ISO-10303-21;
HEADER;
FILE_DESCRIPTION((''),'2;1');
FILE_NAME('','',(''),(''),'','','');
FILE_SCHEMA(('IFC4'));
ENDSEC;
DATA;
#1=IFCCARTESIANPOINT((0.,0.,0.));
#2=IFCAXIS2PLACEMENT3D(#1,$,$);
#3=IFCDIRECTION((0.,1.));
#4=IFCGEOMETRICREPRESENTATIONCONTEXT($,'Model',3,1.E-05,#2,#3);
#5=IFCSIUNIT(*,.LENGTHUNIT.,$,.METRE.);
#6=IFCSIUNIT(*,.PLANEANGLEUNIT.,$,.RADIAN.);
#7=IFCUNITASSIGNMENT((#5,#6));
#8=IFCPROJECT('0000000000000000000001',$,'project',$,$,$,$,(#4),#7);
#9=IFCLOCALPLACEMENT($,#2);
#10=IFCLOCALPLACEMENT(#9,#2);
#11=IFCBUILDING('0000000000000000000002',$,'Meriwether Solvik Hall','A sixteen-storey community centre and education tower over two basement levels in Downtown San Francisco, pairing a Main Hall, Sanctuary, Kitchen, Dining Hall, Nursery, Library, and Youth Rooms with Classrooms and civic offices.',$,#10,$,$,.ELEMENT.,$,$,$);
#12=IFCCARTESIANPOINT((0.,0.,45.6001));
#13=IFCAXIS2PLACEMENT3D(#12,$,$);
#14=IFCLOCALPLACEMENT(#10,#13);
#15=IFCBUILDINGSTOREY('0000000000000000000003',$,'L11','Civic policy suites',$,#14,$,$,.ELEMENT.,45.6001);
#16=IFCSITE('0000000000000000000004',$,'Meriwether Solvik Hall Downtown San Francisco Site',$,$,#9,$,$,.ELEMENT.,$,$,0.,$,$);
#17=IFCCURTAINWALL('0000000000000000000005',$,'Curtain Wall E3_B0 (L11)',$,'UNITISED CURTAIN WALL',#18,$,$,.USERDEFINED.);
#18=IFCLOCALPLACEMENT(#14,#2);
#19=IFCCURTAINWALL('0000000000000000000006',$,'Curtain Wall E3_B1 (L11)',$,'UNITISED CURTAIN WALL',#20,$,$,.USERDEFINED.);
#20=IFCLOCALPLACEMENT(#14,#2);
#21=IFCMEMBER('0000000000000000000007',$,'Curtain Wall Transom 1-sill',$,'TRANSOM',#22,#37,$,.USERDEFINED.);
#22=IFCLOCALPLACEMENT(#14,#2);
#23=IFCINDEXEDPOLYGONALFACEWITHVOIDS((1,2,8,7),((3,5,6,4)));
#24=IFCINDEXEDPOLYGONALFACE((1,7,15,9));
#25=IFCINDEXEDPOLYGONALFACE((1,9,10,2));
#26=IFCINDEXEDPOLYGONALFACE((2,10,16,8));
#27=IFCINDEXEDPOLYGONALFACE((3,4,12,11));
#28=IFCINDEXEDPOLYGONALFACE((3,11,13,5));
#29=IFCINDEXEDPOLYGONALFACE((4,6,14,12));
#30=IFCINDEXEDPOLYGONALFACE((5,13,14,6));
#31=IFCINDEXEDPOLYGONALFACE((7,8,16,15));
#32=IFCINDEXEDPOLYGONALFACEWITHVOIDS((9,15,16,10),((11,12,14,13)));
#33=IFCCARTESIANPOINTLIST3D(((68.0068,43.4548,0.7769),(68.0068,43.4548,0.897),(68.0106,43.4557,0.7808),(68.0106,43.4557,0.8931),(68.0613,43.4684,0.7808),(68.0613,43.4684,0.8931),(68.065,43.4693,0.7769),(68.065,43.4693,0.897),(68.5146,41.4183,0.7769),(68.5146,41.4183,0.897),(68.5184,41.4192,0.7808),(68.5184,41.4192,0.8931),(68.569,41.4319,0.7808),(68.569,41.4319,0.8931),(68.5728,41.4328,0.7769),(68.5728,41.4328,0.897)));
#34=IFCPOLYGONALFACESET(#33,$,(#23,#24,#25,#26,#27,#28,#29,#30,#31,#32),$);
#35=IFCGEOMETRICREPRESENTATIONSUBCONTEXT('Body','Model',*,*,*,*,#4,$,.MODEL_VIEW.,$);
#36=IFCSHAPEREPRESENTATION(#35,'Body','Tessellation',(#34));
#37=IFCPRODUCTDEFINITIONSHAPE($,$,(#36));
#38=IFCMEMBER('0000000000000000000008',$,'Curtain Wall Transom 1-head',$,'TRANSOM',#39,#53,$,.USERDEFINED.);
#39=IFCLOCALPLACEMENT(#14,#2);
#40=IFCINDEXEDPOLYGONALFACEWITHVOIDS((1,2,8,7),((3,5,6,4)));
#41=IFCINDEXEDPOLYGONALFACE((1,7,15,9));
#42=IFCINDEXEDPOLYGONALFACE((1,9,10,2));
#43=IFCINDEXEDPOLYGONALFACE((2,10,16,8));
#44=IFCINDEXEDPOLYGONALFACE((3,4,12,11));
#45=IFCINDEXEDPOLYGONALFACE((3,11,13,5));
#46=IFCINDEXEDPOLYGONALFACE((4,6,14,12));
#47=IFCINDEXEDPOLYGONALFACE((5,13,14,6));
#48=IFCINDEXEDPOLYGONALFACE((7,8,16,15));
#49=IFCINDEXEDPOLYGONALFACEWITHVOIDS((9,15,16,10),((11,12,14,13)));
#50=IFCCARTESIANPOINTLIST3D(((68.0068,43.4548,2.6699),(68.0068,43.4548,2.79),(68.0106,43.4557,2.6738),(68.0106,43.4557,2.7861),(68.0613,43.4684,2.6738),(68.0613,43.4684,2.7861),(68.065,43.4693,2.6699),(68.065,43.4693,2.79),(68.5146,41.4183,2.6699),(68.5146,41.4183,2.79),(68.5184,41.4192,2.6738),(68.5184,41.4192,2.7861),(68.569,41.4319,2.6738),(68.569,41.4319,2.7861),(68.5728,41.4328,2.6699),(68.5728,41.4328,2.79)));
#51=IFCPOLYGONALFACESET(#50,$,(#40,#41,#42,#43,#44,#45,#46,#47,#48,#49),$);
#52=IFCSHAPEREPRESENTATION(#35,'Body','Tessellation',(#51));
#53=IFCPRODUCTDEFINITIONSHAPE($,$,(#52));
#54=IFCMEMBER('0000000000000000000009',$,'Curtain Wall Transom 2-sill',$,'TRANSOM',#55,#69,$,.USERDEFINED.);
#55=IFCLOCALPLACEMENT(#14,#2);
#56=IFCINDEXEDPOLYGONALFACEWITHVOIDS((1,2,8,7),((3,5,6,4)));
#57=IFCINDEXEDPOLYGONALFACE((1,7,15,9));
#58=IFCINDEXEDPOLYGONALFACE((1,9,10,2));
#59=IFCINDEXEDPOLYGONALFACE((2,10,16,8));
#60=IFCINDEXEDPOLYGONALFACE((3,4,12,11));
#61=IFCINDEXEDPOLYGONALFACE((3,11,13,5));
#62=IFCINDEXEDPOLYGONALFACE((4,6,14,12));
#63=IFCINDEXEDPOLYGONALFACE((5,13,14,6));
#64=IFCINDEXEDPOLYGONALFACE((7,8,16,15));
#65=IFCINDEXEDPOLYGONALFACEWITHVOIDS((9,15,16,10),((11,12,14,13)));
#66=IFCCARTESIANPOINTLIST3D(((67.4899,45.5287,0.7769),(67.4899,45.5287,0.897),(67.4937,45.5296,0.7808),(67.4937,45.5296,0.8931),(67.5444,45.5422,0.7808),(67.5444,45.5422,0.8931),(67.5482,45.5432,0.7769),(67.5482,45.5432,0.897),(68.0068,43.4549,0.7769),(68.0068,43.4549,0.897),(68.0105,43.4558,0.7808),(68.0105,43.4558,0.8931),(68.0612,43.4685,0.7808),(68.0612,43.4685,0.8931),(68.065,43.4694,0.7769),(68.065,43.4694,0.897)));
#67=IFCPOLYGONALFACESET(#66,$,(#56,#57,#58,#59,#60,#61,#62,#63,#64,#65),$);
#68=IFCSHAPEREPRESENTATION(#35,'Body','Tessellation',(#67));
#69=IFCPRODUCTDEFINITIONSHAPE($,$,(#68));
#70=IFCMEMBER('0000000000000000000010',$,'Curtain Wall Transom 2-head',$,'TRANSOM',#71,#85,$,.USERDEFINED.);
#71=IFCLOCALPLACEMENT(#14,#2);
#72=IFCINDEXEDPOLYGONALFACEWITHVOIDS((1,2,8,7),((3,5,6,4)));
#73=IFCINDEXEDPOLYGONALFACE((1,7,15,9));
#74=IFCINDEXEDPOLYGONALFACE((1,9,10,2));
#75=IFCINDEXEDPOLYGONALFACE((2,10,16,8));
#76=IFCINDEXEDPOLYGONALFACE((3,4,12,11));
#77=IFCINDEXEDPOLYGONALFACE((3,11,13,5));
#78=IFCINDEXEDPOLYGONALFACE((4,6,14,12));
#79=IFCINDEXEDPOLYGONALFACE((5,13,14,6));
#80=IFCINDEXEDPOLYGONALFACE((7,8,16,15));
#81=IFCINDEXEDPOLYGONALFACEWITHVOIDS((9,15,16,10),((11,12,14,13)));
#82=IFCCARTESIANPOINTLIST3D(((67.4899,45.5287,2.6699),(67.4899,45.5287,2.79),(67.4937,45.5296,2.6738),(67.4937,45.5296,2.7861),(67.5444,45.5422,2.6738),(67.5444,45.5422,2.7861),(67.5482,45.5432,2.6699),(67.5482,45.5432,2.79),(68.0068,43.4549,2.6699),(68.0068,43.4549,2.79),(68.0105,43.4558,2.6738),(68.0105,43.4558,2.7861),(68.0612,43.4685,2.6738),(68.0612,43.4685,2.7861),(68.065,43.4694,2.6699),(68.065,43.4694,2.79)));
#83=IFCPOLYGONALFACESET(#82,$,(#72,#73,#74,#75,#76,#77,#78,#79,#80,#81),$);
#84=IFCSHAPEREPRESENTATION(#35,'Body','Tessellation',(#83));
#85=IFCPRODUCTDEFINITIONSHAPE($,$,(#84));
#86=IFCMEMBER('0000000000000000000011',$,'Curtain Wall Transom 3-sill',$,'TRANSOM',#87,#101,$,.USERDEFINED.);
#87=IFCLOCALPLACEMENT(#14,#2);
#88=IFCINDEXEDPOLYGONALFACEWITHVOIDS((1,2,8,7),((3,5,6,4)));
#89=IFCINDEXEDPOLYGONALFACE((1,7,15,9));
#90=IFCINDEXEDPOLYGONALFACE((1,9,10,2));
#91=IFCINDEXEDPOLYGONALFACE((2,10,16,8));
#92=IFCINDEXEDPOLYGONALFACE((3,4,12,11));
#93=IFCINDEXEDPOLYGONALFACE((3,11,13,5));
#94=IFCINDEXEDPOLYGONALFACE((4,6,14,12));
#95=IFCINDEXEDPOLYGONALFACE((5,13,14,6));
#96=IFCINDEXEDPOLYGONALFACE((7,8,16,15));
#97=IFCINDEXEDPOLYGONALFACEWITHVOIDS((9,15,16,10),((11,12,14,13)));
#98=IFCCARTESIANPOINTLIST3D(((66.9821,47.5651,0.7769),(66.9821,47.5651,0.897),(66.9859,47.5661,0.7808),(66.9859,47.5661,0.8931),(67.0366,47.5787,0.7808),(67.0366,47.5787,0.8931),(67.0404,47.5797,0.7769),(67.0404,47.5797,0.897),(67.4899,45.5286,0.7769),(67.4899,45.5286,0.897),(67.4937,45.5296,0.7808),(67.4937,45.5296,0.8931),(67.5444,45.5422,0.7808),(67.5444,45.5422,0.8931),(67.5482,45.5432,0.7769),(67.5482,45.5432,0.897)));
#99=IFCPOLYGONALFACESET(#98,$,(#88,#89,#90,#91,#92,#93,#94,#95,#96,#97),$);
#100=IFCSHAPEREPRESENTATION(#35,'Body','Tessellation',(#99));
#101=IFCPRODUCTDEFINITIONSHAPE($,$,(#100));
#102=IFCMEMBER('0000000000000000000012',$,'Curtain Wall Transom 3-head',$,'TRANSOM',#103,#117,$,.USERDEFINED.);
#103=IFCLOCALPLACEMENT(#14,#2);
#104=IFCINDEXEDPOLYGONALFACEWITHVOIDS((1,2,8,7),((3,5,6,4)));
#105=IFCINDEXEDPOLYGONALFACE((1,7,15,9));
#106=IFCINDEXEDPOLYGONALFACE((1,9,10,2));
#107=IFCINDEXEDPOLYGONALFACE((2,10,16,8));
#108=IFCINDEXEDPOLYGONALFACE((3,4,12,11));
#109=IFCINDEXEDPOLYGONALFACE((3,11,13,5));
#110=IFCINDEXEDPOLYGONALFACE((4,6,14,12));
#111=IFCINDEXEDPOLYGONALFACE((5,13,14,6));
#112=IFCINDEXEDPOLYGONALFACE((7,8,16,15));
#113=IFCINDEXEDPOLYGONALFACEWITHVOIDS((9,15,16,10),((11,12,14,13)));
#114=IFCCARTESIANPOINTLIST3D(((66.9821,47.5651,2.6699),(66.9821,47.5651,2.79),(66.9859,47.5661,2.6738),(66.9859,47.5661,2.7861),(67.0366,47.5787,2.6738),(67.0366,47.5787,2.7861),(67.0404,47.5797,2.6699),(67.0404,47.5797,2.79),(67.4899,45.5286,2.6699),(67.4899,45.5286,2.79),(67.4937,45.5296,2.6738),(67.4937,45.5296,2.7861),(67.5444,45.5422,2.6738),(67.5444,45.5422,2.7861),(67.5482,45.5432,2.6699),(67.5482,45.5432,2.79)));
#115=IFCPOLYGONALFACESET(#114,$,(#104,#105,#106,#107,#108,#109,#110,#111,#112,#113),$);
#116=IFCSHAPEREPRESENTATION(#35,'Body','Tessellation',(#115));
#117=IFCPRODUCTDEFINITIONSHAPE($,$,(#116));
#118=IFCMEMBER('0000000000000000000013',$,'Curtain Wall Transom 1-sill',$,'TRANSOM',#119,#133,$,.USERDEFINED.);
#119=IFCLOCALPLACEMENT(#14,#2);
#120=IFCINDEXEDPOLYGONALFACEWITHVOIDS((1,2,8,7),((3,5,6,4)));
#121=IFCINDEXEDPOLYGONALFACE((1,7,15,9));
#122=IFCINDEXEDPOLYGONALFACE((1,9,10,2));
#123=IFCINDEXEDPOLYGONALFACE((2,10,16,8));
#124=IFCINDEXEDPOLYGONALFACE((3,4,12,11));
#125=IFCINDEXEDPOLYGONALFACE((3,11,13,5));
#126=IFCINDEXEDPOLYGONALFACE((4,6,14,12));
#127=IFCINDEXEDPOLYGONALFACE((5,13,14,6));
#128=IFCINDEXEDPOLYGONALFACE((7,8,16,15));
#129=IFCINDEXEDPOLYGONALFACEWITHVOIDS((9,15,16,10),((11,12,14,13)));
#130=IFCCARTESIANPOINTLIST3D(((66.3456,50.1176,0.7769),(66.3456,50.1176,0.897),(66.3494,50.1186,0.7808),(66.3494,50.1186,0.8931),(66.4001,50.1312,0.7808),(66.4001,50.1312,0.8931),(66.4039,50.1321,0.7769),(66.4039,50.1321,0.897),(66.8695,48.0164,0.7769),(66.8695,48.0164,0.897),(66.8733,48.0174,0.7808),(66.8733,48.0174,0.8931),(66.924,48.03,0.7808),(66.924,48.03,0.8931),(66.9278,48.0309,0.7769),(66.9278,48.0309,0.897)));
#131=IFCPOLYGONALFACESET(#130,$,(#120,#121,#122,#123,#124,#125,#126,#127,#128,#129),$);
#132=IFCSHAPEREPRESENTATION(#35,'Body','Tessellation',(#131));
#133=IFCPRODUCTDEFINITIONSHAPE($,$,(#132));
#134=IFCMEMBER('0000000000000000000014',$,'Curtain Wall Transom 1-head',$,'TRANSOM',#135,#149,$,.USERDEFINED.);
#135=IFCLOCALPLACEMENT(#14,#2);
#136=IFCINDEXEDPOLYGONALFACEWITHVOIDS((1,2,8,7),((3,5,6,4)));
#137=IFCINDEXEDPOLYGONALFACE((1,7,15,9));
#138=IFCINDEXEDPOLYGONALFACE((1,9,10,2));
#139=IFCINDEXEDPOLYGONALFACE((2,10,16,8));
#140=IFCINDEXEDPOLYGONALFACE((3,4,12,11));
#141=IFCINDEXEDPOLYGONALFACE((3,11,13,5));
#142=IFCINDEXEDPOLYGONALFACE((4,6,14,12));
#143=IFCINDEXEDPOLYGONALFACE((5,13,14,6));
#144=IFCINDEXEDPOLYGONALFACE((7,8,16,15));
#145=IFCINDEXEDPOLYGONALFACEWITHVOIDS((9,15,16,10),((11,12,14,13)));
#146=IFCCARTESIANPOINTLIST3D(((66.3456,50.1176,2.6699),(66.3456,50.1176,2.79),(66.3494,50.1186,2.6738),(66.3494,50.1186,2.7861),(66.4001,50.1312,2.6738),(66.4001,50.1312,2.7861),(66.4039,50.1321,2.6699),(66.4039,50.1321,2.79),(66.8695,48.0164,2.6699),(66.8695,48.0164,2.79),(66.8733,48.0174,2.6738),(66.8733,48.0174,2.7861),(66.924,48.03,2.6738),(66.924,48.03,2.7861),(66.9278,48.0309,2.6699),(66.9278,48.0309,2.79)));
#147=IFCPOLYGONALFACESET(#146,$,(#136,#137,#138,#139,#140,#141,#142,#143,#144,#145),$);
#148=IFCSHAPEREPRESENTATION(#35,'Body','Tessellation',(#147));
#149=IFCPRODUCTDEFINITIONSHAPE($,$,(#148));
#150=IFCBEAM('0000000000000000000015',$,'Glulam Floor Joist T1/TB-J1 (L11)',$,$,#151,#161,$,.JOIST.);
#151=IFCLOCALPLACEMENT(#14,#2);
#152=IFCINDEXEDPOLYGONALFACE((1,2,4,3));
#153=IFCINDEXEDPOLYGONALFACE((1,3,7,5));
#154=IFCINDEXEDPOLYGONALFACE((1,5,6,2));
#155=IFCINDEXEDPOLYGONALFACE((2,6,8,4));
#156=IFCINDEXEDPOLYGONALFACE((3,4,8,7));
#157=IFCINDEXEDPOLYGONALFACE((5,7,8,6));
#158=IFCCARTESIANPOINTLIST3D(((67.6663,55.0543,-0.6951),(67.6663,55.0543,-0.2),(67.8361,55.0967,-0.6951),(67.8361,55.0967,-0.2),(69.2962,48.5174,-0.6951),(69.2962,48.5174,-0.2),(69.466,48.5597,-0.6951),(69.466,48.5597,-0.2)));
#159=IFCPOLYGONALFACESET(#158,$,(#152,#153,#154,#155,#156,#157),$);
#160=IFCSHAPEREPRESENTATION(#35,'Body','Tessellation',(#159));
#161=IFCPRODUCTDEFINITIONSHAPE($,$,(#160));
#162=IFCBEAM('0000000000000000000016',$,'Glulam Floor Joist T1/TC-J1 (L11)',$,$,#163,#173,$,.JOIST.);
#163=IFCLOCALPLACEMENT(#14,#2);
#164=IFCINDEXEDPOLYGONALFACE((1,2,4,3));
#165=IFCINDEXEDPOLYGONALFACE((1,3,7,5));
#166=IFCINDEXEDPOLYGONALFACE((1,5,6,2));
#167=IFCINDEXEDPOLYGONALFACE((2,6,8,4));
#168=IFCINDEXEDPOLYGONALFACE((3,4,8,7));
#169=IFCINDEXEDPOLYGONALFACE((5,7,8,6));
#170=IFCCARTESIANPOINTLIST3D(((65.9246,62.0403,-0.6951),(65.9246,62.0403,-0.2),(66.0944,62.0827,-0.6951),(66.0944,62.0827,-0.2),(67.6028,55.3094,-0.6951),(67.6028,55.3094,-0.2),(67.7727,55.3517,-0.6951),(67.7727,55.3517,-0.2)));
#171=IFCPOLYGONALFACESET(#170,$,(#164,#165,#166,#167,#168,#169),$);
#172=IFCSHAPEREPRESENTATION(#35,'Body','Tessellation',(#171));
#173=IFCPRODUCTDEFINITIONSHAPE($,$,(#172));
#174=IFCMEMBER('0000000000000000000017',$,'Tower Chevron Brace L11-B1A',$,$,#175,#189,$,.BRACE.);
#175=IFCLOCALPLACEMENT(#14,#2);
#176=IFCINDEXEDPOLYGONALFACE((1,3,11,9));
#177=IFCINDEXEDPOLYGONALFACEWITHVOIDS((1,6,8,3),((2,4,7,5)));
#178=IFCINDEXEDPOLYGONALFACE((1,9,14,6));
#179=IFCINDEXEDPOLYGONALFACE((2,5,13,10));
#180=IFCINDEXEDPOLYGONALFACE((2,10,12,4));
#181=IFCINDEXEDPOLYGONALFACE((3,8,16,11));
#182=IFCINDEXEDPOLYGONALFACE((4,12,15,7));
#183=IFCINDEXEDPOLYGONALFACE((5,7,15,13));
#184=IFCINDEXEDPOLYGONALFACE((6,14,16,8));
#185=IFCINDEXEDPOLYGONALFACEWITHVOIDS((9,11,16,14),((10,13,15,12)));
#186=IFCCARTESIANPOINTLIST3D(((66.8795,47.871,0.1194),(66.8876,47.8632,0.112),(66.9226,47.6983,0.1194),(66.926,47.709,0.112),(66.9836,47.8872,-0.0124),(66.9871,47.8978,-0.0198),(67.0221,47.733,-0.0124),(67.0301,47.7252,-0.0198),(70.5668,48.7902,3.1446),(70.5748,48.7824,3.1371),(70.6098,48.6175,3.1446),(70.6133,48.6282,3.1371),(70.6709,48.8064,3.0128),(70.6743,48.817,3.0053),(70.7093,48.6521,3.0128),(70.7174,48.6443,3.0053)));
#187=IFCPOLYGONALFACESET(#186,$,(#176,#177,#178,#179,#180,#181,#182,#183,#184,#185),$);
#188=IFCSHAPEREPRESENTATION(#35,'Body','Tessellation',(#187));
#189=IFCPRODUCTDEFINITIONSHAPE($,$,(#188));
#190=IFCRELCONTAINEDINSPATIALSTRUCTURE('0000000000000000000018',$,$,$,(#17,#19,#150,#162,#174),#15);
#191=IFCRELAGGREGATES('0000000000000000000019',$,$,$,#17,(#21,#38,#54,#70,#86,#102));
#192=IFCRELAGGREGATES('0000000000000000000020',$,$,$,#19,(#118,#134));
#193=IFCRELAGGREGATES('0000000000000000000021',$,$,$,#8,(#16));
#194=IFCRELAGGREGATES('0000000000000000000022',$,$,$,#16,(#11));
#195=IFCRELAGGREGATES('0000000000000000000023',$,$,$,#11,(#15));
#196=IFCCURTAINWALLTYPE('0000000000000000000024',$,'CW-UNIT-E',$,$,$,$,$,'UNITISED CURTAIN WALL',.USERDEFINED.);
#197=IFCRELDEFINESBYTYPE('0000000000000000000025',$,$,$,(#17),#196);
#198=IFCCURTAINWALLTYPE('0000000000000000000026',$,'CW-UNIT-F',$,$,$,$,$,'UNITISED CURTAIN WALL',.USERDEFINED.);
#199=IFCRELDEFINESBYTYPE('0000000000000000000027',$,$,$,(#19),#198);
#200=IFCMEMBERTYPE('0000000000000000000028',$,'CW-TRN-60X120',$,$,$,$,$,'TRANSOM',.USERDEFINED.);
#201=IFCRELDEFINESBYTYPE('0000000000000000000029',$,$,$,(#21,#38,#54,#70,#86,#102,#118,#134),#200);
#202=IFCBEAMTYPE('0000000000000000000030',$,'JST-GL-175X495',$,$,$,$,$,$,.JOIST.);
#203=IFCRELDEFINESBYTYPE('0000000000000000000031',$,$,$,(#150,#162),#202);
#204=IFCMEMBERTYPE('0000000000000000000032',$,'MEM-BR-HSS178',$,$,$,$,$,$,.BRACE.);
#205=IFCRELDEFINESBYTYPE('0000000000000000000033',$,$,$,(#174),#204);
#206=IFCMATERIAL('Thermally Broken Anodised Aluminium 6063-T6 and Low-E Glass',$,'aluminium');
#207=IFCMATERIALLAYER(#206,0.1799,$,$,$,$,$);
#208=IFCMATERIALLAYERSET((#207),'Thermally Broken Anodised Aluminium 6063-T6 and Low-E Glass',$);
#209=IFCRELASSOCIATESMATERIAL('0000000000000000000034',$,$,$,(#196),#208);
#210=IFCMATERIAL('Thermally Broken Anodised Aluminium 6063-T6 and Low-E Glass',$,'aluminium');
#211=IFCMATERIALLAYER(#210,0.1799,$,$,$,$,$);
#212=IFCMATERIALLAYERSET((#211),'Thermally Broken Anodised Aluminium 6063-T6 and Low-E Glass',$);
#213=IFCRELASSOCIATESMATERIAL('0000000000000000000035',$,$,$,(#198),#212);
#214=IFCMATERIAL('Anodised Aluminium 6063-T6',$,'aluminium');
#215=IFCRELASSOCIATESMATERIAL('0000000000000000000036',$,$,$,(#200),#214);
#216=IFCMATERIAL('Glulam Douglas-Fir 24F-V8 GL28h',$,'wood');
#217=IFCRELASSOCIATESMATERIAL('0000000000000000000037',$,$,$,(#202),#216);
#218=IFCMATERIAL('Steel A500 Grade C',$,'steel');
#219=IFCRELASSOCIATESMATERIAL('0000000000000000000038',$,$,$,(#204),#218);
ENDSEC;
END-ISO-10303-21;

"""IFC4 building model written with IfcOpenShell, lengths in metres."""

from ifc_helpers import new_model, si_unit, direction, frame, origin, origin_2d, place, context, subcontext, project, spatial, rectangle, hollow_rectangle, extrude, material, layer, layer_set, material_profile, profile_set, type_object, element, aggregate, save


model = new_model("IFC4")

# Units and contexts
model_context = context("Model", 3, precision=1e-05, world=origin(), true_north=direction((0.0, 1.0)))
body_context = subcontext(model_context, "Body", "Model", "MODEL_VIEW")
ifc_project = project(units=[si_unit("LENGTHUNIT", "METRE"), si_unit("PLANEANGLEUNIT", "RADIAN")], contexts=[model_context])

# Site, building, storey
site_placement = place(None, origin())
site = spatial("IfcSite", under=ifc_project, at=site_placement, Name="Meriwether Solvik Hall Downtown San Francisco Site", CompositionType="ELEMENT", RefElevation=0.0)
building_placement = place(site_placement, origin())
building = spatial("IfcBuilding", under=site, at=building_placement, Name="Meriwether Solvik Hall", Description="A sixteen-storey community centre and education tower over two basement levels in Downtown San Francisco, pairing a Main Hall, Sanctuary, Kitchen, Dining Hall, Nursery, Library, and Youth Rooms with Classrooms and civic offices.", CompositionType="ELEMENT")
storey_placement = place(building_placement, frame((0.0, 0.0, 45.6001)))
storey = spatial("IfcBuildingStorey", under=building, at=storey_placement, Name="L11", Description="Civic policy suites", CompositionType="ELEMENT", Elevation=45.6001)

# Curtain wall
ifc_material_1 = material(Name="Thermally Broken Anodised Aluminium 6063-T6 and Low-E Glass", Category="aluminium")
ifc_layer_1 = layer(ifc_material_1, 0.1799)
ifc_layer_set_1 = layer_set([ifc_layer_1], Name="Thermally Broken Anodised Aluminium 6063-T6 and Low-E Glass")
curtain_wall_type_1 = type_object("IfcCurtainWallType", Name="CW-UNIT-E", ElementType="UNITISED CURTAIN WALL", PredefinedType="USERDEFINED", material=ifc_layer_set_1)
curtain_wall_1_placement = place(storey_placement, origin())
curtain_wall_1 = element("IfcCurtainWall", 1, at=curtain_wall_1_placement, inside=storey, type_object=curtain_wall_type_1, Name="Curtain Wall E3_B0 (L11)", ObjectType="UNITISED CURTAIN WALL", PredefinedType="USERDEFINED")

# Curtain wall
ifc_material_2 = material(Name="Thermally Broken Anodised Aluminium 6063-T6 and Low-E Glass", Category="aluminium")
ifc_layer_2 = layer(ifc_material_2, 0.1799)
ifc_layer_set_2 = layer_set([ifc_layer_2], Name="Thermally Broken Anodised Aluminium 6063-T6 and Low-E Glass")
curtain_wall_type_2 = type_object("IfcCurtainWallType", Name="CW-UNIT-F", ElementType="UNITISED CURTAIN WALL", PredefinedType="USERDEFINED", material=ifc_layer_set_2)
curtain_wall_2_placement = place(storey_placement, origin())
curtain_wall_2 = element("IfcCurtainWall", 2, at=curtain_wall_2_placement, inside=storey, type_object=curtain_wall_type_2, Name="Curtain Wall E3_B1 (L11)", ObjectType="UNITISED CURTAIN WALL", PredefinedType="USERDEFINED")

# Members
ifc_material_3 = material(Name="Anodised Aluminium 6063-T6", Category="aluminium")
ifc_material_profile_1 = material_profile(ifc_material_3, hollow_rectangle(XDim=0.0601, YDim=0.1201, WallThickness=0.0039, at=origin_2d()), Name="CWT-60X120")
ifc_profile_set_1 = profile_set([ifc_material_profile_1], Name="Anodised Aluminium 6063-T6")
member_type_1 = type_object("IfcMemberType", Name="CW-TRN-60X120", ElementType="TRANSOM", PredefinedType="USERDEFINED", material=ifc_profile_set_1)
member_1_placement = place(storey_placement, frame((68.5437, 41.4255, 0.8369), z_axis=(-0.241933, 0.970293, 0.0), x_axis=(-0.970293, -0.241933, 0.0)))
member_1 = element("IfcMember", 3, at=member_1_placement, type_object=member_type_1, Name="Curtain Wall Transom 1-sill", ObjectType="TRANSOM", PredefinedType="USERDEFINED", context=body_context, shape_type="SweptSolid", body=[
    extrude(hollow_rectangle(XDim=0.0601, YDim=0.1201, WallThickness=0.0039, at=origin_2d()), origin(), (0.0, 0.0, 1.0), 2.0989),
])
member_2_placement = place(storey_placement, frame((68.5437, 41.4255, 2.73), z_axis=(-0.241933, 0.970293, 0.0), x_axis=(-0.970293, -0.241933, 0.0)))
member_2 = element("IfcMember", 4, at=member_2_placement, type_object=member_type_1, Name="Curtain Wall Transom 1-head", ObjectType="TRANSOM", PredefinedType="USERDEFINED", context=body_context, shape_type="SweptSolid", body=[
    extrude(hollow_rectangle(XDim=0.0601, YDim=0.1201, WallThickness=0.0039, at=origin_2d()), origin(), (0.0, 0.0, 1.0), 2.0989),
])
member_3_placement = place(storey_placement, frame((68.0359, 43.4622, 0.8369), z_axis=(-0.241837, 0.970317, 0.0), x_axis=(-0.970317, -0.241837, 0.0)))
member_3 = element("IfcMember", 5, at=member_3_placement, type_object=member_type_1, Name="Curtain Wall Transom 2-sill", ObjectType="TRANSOM", PredefinedType="USERDEFINED", context=body_context, shape_type="SweptSolid", body=[
    extrude(hollow_rectangle(XDim=0.0601, YDim=0.1201, WallThickness=0.0039, at=origin_2d()), origin(), (0.0, 0.0, 1.0), 2.1372),
])
member_4_placement = place(storey_placement, frame((68.0359, 43.4622, 2.73), z_axis=(-0.241837, 0.970317, 0.0), x_axis=(-0.970317, -0.241837, 0.0)))
member_4 = element("IfcMember", 6, at=member_4_placement, type_object=member_type_1, Name="Curtain Wall Transom 2-head", ObjectType="TRANSOM", PredefinedType="USERDEFINED", context=body_context, shape_type="SweptSolid", body=[
    extrude(hollow_rectangle(XDim=0.0601, YDim=0.1201, WallThickness=0.0039, at=origin_2d()), origin(), (0.0, 0.0, 1.0), 2.1372),
])
member_5_placement = place(storey_placement, frame((67.519, 45.5359, 0.8369), z_axis=(-0.241933, 0.970293, 0.0), x_axis=(-0.970293, -0.241933, 0.0)))
member_5 = element("IfcMember", 7, at=member_5_placement, type_object=member_type_1, Name="Curtain Wall Transom 3-sill", ObjectType="TRANSOM", PredefinedType="USERDEFINED", context=body_context, shape_type="SweptSolid", body=[
    extrude(hollow_rectangle(XDim=0.0601, YDim=0.1201, WallThickness=0.0039, at=origin_2d()), origin(), (0.0, 0.0, 1.0), 2.0989),
])
member_6_placement = place(storey_placement, frame((67.519, 45.5359, 2.73), z_axis=(-0.241933, 0.970293, 0.0), x_axis=(-0.970293, -0.241933, 0.0)))
member_6 = element("IfcMember", 8, at=member_6_placement, type_object=member_type_1, Name="Curtain Wall Transom 3-head", ObjectType="TRANSOM", PredefinedType="USERDEFINED", context=body_context, shape_type="SweptSolid", body=[
    extrude(hollow_rectangle(XDim=0.0601, YDim=0.1201, WallThickness=0.0039, at=origin_2d()), origin(), (0.0, 0.0, 1.0), 2.0989),
])
member_7_placement = place(storey_placement, frame((66.8987, 48.0237, 0.8369), z_axis=(-0.241925, 0.970295, 0.0), x_axis=(-0.970295, -0.241925, 0.0)))
member_7 = element("IfcMember", 9, at=member_7_placement, type_object=member_type_1, Name="Curtain Wall Transom 1-sill", ObjectType="TRANSOM", PredefinedType="USERDEFINED", context=body_context, shape_type="SweptSolid", body=[
    extrude(hollow_rectangle(XDim=0.0601, YDim=0.1201, WallThickness=0.0039, at=origin_2d()), origin(), (0.0, 0.0, 1.0), 2.1655),
])
member_8_placement = place(storey_placement, frame((66.8987, 48.0237, 2.73), z_axis=(-0.241925, 0.970295, 0.0), x_axis=(-0.970295, -0.241925, 0.0)))
member_8 = element("IfcMember", 10, at=member_8_placement, type_object=member_type_1, Name="Curtain Wall Transom 1-head", ObjectType="TRANSOM", PredefinedType="USERDEFINED", context=body_context, shape_type="SweptSolid", body=[
    extrude(hollow_rectangle(XDim=0.0601, YDim=0.1201, WallThickness=0.0039, at=origin_2d()), origin(), (0.0, 0.0, 1.0), 2.1655),
])

# Beams
ifc_material_4 = material(Name="Glulam Douglas-Fir 24F-V8 GL28h", Category="wood")
ifc_material_profile_2 = material_profile(ifc_material_4, rectangle(XDim=0.175, YDim=0.4951, at=origin_2d()), Name="GLJ-175X495")
ifc_profile_set_2 = profile_set([ifc_material_profile_2], Name="Glulam Douglas-Fir 24F-V8 GL28h")
beam_type_1 = type_object("IfcBeamType", Name="JST-GL-175X495", PredefinedType="JOIST", material=ifc_profile_set_2)
beam_1_placement = place(storey_placement, frame((69.3811, 48.5386, -0.4475), z_axis=(-0.24193, 0.970294, 0.0), x_axis=(-0.970294, -0.24193, 0.0)))
element("IfcBeam", 11, at=beam_1_placement, inside=storey, type_object=beam_type_1, Name="Glulam Floor Joist T1/TB-J1 (L11)", PredefinedType="JOIST", context=body_context, shape_type="SweptSolid", body=[
    extrude(rectangle(XDim=0.175, YDim=0.4951, at=origin_2d()), origin(), (0.0, 0.0, 1.0), 6.7371),
])
beam_2_placement = place(storey_placement, frame((67.6877, 55.3306, -0.4475), z_axis=(-0.241923, 0.970296, 0.0), x_axis=(-0.970296, -0.241923, 0.0)))
element("IfcBeam", 12, at=beam_2_placement, inside=storey, type_object=beam_type_1, Name="Glulam Floor Joist T1/TC-J1 (L11)", PredefinedType="JOIST", context=body_context, shape_type="SweptSolid", body=[
    extrude(rectangle(XDim=0.175, YDim=0.4951, at=origin_2d()), origin(), (0.0, 0.0, 1.0), 6.937),
])

# Member
ifc_material_5 = material(Name="Steel A500 Grade C", Category="steel")
ifc_material_profile_3 = material_profile(ifc_material_5, hollow_rectangle(XDim=0.178, YDim=0.178, WallThickness=0.0095, at=origin_2d()), Name="HSS178X178X9.5")
ifc_profile_set_3 = profile_set([ifc_material_profile_3], Name="Steel A500 Grade C")
member_type_2 = type_object("IfcMemberType", Name="MEM-BR-HSS178", PredefinedType="BRACE", material=ifc_profile_set_3)
member_9_placement = place(storey_placement, frame((66.9548, 47.7981, 0.0498), z_axis=(0.759134, 0.189243, 0.622818), x_axis=(-0.241886, 0.970305, 0.0)))
element("IfcMember", 13, at=member_9_placement, inside=storey, type_object=member_type_2, Name="Tower Chevron Brace L11-B1A", PredefinedType="BRACE", context=body_context, shape_type="SweptSolid", body=[
    extrude(hollow_rectangle(XDim=0.178, YDim=0.178, WallThickness=0.0095, at=origin_2d()), origin(), (0.0, 0.0, 1.0), 4.8572),
])

aggregate(curtain_wall_1, [member_1, member_2, member_3, member_4, member_5, member_6])
aggregate(curtain_wall_2, [member_7, member_8])

save(model, "model.ifc")
